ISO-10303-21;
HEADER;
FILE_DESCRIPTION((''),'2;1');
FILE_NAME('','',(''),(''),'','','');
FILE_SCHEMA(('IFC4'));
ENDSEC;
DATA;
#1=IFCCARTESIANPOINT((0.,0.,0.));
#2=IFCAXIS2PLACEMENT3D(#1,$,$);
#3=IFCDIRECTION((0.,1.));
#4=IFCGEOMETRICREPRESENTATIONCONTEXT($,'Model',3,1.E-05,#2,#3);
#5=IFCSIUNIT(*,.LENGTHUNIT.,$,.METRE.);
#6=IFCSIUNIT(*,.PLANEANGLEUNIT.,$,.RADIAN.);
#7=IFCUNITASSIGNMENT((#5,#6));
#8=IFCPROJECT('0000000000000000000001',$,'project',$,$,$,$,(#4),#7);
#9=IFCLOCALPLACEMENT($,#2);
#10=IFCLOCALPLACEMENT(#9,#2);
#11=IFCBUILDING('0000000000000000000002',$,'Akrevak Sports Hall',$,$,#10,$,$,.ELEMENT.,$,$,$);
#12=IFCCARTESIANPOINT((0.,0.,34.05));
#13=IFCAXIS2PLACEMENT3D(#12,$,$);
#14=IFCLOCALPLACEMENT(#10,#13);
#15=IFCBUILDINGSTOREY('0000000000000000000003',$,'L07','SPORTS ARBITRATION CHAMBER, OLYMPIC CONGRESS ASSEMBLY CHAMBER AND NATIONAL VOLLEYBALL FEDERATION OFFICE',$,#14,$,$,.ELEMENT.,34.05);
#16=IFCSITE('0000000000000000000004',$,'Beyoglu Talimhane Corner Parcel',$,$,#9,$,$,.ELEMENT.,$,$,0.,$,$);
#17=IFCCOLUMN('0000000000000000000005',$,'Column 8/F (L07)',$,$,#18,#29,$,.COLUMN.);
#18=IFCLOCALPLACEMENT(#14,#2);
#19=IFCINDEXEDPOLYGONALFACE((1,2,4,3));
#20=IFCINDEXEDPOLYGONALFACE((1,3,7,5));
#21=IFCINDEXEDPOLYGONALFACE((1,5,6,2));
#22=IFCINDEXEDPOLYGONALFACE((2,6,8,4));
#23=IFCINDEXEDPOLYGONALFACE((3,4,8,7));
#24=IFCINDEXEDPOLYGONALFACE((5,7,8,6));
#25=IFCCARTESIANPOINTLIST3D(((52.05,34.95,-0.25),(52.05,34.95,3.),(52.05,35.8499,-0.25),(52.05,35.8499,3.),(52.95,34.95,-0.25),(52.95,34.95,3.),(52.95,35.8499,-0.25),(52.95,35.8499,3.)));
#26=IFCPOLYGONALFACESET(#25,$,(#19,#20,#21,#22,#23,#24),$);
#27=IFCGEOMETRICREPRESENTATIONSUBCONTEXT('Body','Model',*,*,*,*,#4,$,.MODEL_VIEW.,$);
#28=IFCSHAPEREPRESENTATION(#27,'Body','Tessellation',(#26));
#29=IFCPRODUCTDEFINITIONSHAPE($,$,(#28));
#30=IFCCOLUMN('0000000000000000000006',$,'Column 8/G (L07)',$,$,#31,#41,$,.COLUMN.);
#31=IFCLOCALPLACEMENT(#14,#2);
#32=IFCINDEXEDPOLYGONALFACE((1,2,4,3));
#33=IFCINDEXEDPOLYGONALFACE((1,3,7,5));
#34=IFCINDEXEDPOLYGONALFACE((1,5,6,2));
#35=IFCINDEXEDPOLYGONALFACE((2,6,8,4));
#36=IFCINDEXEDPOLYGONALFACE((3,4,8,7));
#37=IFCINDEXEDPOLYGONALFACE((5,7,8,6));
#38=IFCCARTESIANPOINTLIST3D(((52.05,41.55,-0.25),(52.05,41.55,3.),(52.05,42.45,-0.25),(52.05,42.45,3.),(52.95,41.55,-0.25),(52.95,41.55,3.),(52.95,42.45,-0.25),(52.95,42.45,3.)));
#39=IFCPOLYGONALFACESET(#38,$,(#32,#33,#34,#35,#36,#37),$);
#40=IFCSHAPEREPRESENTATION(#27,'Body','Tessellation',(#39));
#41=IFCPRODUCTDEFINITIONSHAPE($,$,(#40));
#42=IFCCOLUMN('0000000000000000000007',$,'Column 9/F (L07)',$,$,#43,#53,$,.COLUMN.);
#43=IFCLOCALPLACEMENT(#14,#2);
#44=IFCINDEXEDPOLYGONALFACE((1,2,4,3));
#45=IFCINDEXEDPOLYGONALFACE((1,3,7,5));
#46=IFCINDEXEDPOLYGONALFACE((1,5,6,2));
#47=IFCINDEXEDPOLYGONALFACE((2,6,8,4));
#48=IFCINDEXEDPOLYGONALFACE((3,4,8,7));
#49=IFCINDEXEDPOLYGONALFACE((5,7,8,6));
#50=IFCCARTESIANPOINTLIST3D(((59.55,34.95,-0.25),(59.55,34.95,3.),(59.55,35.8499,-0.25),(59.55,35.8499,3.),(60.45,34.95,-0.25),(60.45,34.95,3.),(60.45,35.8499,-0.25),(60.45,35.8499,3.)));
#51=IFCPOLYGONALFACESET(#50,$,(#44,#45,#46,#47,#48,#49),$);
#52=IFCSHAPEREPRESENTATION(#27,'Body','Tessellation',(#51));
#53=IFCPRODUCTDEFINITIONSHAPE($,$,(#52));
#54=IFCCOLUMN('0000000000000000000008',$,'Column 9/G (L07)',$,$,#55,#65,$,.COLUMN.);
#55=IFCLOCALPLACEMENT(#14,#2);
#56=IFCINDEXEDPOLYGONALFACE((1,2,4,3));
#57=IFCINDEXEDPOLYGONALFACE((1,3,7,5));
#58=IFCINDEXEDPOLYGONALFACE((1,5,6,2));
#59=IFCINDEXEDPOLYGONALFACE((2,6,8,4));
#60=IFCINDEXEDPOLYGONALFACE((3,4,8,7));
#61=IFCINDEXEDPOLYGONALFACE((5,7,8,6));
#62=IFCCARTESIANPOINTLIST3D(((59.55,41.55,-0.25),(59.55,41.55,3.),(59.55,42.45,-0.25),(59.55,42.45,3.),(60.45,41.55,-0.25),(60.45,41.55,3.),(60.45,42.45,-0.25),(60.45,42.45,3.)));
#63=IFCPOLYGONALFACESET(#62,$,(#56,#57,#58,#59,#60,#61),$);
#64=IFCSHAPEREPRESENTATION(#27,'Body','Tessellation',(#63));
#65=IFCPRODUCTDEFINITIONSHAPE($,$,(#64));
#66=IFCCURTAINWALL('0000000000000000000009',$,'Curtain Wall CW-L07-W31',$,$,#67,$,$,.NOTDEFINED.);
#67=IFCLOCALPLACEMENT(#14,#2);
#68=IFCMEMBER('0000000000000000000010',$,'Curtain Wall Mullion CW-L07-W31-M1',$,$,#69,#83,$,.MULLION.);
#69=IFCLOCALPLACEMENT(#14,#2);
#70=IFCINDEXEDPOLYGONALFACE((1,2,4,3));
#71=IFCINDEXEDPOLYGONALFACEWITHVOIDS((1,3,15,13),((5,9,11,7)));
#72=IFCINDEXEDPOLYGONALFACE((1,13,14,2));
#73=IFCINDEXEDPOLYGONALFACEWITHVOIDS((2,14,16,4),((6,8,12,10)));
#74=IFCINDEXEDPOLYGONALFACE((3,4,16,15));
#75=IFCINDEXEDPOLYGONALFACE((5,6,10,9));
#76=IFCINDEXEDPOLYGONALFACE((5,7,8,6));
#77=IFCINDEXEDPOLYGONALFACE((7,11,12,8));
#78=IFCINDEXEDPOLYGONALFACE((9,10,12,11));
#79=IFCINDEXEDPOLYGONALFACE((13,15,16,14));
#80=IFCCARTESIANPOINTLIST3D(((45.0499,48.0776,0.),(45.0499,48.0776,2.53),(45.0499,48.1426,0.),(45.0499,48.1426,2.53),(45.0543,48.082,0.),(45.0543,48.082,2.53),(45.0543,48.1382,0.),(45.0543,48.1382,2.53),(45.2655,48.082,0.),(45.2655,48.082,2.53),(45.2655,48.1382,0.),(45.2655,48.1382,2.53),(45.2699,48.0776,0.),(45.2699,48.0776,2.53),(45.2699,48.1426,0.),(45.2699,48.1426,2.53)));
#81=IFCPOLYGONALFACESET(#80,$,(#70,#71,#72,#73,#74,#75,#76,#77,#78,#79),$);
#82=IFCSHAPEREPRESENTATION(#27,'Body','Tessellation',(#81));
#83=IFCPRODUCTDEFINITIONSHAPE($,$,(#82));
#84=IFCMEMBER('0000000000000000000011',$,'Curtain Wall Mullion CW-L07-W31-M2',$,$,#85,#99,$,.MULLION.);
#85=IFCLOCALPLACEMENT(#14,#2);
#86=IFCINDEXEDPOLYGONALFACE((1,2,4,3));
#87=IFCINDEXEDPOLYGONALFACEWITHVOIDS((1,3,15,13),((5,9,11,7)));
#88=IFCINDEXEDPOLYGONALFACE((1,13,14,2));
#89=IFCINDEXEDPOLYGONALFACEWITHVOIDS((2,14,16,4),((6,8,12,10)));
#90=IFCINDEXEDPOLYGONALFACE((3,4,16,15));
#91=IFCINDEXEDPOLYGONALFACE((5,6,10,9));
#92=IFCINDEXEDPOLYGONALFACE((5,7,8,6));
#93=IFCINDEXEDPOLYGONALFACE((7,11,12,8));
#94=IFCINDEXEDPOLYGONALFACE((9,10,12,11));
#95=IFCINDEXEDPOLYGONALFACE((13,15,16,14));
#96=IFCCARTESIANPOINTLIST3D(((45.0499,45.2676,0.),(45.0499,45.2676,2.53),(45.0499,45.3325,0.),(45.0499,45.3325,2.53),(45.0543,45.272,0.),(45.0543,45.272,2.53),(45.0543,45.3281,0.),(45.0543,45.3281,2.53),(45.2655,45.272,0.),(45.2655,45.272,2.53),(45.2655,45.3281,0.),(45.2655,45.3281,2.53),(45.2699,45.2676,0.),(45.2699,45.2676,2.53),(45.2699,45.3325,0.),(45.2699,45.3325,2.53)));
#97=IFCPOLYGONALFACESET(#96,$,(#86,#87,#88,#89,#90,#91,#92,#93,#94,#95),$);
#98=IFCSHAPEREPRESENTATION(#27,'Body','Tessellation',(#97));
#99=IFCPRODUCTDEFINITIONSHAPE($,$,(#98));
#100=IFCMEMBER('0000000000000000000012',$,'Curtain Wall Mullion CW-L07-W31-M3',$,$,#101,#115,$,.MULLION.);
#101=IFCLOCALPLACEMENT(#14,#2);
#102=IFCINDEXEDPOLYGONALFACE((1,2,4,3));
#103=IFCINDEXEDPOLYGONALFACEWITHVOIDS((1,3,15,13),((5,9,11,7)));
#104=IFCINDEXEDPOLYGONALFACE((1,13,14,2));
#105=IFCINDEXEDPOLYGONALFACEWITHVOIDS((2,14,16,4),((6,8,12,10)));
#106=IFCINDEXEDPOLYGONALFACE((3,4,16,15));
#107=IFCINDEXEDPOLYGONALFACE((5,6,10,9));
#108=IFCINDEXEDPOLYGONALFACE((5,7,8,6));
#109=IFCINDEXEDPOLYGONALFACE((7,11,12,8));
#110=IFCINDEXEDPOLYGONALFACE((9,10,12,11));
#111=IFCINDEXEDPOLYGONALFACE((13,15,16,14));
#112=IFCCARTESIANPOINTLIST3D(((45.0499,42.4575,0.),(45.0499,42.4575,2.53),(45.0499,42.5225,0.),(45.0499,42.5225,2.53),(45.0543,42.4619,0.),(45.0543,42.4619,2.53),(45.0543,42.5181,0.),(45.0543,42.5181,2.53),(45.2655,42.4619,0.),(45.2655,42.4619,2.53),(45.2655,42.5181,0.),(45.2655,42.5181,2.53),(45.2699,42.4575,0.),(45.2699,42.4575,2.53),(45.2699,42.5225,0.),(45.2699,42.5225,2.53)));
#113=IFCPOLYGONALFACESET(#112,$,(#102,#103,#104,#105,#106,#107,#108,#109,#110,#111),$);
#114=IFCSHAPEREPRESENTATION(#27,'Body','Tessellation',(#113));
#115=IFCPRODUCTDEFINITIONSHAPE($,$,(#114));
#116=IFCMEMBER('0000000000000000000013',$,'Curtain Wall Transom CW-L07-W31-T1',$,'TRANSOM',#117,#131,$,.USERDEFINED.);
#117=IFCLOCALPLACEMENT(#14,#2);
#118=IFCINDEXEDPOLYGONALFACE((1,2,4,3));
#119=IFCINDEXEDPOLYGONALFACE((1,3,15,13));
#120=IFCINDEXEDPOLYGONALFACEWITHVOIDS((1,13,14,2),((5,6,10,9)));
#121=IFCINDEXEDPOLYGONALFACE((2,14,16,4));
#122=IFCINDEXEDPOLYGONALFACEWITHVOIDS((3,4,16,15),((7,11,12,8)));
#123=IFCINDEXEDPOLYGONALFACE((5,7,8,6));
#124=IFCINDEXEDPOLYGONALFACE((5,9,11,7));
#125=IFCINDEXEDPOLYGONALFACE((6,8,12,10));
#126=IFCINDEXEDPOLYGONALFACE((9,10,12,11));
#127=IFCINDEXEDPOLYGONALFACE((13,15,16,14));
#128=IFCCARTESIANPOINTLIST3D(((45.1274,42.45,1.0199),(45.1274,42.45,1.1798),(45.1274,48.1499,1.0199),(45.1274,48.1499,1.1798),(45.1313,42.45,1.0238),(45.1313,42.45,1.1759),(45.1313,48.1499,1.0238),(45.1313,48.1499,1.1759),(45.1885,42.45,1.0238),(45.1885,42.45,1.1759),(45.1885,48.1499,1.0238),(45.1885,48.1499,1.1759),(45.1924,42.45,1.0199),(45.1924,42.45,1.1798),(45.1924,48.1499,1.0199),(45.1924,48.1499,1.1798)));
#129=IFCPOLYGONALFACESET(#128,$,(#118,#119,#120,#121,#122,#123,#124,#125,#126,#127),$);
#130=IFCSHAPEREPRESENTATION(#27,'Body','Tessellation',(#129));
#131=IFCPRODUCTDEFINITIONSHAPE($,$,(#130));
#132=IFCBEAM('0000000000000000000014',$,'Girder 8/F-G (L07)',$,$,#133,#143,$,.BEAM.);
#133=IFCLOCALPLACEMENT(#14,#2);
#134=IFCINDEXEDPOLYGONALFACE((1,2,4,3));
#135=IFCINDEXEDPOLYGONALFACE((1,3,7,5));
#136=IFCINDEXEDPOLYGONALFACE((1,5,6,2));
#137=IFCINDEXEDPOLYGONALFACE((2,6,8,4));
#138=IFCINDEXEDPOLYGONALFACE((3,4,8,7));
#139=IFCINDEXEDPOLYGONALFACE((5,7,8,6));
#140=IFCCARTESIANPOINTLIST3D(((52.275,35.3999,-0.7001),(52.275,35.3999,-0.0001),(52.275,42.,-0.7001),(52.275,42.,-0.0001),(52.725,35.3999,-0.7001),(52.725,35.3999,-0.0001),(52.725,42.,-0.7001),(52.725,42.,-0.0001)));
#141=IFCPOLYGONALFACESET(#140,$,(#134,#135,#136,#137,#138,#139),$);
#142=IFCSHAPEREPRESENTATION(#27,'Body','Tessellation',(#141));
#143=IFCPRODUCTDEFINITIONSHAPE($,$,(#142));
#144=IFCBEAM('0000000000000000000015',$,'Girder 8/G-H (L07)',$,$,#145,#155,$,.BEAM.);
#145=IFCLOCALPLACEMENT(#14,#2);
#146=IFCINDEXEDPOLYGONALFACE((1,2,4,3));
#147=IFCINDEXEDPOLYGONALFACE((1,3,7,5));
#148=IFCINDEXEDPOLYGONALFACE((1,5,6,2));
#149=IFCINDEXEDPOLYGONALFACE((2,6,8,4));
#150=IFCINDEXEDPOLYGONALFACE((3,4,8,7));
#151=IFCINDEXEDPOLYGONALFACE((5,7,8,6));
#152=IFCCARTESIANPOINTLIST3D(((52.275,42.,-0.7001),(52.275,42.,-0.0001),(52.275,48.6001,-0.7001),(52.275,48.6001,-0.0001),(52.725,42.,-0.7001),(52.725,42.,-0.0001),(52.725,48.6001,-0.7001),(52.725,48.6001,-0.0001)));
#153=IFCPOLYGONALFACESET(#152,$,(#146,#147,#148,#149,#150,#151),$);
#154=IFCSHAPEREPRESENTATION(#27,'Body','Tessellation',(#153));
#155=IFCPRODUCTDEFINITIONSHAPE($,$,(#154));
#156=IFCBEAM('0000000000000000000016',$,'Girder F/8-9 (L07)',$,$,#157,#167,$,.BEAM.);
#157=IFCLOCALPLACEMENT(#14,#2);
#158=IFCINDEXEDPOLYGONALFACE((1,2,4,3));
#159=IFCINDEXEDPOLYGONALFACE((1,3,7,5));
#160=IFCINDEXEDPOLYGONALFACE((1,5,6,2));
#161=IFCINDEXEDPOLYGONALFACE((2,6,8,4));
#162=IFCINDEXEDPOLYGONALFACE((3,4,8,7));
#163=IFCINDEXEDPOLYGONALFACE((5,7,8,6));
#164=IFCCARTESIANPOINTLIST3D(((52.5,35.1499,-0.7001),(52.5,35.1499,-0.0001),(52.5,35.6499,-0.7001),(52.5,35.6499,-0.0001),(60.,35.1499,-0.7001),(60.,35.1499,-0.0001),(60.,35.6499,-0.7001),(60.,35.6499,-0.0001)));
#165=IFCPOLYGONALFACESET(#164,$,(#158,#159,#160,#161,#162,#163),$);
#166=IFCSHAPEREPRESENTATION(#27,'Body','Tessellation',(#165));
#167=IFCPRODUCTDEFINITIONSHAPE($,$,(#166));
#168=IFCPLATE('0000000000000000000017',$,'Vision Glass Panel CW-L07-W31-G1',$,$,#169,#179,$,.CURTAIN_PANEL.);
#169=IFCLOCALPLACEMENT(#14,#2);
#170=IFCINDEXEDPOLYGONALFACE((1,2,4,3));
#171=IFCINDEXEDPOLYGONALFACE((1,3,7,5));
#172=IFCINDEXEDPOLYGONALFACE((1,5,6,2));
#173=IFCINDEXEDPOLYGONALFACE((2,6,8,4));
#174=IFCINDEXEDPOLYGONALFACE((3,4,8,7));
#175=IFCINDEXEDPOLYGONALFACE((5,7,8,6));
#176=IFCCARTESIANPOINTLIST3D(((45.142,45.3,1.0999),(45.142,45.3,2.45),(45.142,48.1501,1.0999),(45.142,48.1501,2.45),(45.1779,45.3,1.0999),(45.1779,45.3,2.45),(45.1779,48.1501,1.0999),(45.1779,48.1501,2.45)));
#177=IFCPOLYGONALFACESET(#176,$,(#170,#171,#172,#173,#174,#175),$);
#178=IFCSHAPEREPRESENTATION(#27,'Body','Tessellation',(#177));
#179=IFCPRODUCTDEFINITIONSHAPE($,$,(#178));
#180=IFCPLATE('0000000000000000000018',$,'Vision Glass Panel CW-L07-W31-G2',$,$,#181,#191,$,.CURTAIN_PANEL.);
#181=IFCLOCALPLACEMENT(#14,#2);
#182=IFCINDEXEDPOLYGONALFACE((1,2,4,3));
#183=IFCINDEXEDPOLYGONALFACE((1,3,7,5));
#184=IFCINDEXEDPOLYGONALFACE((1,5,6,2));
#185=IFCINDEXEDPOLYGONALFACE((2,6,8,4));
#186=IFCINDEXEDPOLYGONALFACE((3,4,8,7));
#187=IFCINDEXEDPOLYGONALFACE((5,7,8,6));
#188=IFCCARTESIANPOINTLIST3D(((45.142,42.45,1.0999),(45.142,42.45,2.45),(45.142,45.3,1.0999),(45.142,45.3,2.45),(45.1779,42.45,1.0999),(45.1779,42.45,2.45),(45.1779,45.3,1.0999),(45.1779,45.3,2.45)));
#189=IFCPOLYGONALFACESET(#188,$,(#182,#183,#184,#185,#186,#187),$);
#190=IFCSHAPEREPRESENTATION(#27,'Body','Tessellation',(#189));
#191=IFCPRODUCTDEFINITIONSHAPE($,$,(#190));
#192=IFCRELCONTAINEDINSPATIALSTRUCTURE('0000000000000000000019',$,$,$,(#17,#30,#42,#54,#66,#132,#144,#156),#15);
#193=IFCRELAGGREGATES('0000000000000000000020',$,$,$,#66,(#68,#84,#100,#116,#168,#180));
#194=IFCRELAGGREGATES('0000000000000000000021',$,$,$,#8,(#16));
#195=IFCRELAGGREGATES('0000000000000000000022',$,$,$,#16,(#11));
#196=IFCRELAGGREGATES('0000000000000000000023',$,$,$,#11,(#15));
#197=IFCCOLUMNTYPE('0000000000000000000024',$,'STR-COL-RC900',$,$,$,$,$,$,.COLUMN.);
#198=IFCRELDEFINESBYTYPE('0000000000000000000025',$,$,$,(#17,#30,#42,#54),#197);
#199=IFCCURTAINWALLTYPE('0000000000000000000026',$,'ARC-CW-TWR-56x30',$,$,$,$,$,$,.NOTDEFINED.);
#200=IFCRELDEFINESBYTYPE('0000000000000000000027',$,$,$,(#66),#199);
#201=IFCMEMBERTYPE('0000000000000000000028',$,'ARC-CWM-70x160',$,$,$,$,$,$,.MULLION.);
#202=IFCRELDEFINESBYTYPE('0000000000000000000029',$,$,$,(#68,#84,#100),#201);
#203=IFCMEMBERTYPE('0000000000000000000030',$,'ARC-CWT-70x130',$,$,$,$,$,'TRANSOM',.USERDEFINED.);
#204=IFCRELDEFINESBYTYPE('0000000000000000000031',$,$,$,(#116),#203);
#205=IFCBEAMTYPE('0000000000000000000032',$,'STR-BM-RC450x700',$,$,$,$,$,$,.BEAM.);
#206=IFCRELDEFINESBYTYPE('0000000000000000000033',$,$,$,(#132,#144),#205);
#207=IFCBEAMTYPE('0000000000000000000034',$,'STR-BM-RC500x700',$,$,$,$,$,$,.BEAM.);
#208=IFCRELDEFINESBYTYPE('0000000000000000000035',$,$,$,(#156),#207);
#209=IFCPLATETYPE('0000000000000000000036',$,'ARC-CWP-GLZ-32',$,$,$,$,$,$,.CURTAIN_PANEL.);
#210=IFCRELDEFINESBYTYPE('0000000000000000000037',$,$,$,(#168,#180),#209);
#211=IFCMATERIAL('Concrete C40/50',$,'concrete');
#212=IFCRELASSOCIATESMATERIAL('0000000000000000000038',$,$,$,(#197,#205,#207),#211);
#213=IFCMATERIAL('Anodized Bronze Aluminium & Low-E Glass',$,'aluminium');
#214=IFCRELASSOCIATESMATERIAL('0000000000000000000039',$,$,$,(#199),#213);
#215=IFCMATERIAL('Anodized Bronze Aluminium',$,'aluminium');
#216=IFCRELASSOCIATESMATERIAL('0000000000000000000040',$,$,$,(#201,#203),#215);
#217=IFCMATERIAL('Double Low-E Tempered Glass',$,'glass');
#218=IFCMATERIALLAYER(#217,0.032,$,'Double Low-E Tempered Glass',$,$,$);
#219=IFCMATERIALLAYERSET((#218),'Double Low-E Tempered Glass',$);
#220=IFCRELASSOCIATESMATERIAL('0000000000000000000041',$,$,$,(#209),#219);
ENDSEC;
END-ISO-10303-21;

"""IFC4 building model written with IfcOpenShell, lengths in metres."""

from ifc_helpers import new_model, si_unit, direction, frame, origin, origin_2d, place, context, subcontext, project, spatial, rectangle, hollow_rectangle, extrude, material, layer, layer_set, material_profile, profile_set, type_object, element, aggregate, save


model = new_model("IFC4")

# Units and contexts
model_context = context("Model", 3, precision=1e-05, world=origin(), true_north=direction((0.0, 1.0)))
body_context = subcontext(model_context, "Body", "Model", "MODEL_VIEW")
ifc_project = project(units=[si_unit("LENGTHUNIT", "METRE"), si_unit("PLANEANGLEUNIT", "RADIAN")], contexts=[model_context])

# Site, building, storey
site_placement = place(None, origin())
site = spatial("IfcSite", under=ifc_project, at=site_placement, Name="Beyoglu Talimhane Corner Parcel", CompositionType="ELEMENT", RefElevation=0.0)
building_placement = place(site_placement, origin())
building = spatial("IfcBuilding", under=site, at=building_placement, Name="Akrevak Sports Hall", CompositionType="ELEMENT")
storey_placement = place(building_placement, frame((0.0, 0.0, 34.05)))
storey = spatial("IfcBuildingStorey", under=building, at=storey_placement, Name="L07", Description="SPORTS ARBITRATION CHAMBER, OLYMPIC CONGRESS ASSEMBLY CHAMBER AND NATIONAL VOLLEYBALL FEDERATION OFFICE", CompositionType="ELEMENT", Elevation=34.05)

# Columns
ifc_material_1 = material(Name="Concrete C40/50", Category="concrete")
ifc_material_profile_1 = material_profile(ifc_material_1, rectangle(XDim=0.8999, YDim=0.8999, at=origin_2d()), Name="RC 900x900", Category="concrete")
ifc_profile_set_1 = profile_set([ifc_material_profile_1], Name="Concrete C40/50")
column_type = type_object("IfcColumnType", Name="STR-COL-RC900", PredefinedType="COLUMN", material=ifc_profile_set_1)
for number, where, z_axis, x_axis, name in (
    (1, (52.5, 35.3999, -0.25), (0.0, 0.0, 1.0), (1.0, 0.0, 0.0), "Column 8/F (L07)"),
    (2, (52.5, 42.0, -0.25), (0.0, 0.0, 1.0), (1.0, 0.0, 0.0), "Column 8/G (L07)"),
    (3, (60.0, 35.3999, -0.25), (0.0, 0.0, 1.0), (1.0, 0.0, 0.0), "Column 9/F (L07)"),
    (4, (60.0, 42.0, -0.25), (0.0, 0.0, 1.0), (1.0, 0.0, 0.0), "Column 9/G (L07)"),
):
    element("IfcColumn", number, at=place(storey_placement, frame(where, z_axis=z_axis, x_axis=x_axis)), inside=storey, type_object=column_type, Name=name, PredefinedType="COLUMN", context=body_context, shape_type="SweptSolid", body=[
        extrude(rectangle(XDim=0.8999, YDim=0.8999, at=origin_2d()), origin(), (0.0, 0.0, 1.0), 3.25),
    ])

# Curtain wall, members
ifc_material_2 = material(Name="Anodized Bronze Aluminium & Low-E Glass", Category="aluminium")
curtain_wall_type = type_object("IfcCurtainWallType", Name="ARC-CW-TWR-56x30", PredefinedType="NOTDEFINED", material=ifc_material_2)
curtain_wall_placement = place(storey_placement, origin())
curtain_wall = element("IfcCurtainWall", 5, at=curtain_wall_placement, inside=storey, type_object=curtain_wall_type, Name="Curtain Wall CW-L07-W31", PredefinedType="NOTDEFINED")
ifc_material_3 = material(Name="Anodized Bronze Aluminium", Category="aluminium")
ifc_material_profile_2 = material_profile(ifc_material_3, hollow_rectangle(XDim=0.0649, YDim=0.22, WallThickness=0.0044, at=origin_2d()), Name="CWM 65x220", Category="aluminium")
ifc_profile_set_2 = profile_set([ifc_material_profile_2], Name="Anodized Bronze Aluminium")
member_type_1 = type_object("IfcMemberType", Name="ARC-CWM-70x160", PredefinedType="MULLION", material=ifc_profile_set_2)
member_1_placement = place(storey_placement, frame((45.1599, 48.1101, 0.0), z_axis=(0.0, 0.0, 1.0), x_axis=(0.0, -1.0, 0.0)))
member_1 = element("IfcMember", 6, at=member_1_placement, type_object=member_type_1, Name="Curtain Wall Mullion CW-L07-W31-M1", PredefinedType="MULLION", context=body_context, shape_type="SweptSolid", body=[
    extrude(hollow_rectangle(XDim=0.0649, YDim=0.22, WallThickness=0.0044, at=origin_2d()), origin(), (0.0, 0.0, 1.0), 2.53),
])
member_2_placement = place(storey_placement, frame((45.1599, 45.3, 0.0), z_axis=(0.0, 0.0, 1.0), x_axis=(0.0, -1.0, 0.0)))
member_2 = element("IfcMember", 7, at=member_2_placement, type_object=member_type_1, Name="Curtain Wall Mullion CW-L07-W31-M2", PredefinedType="MULLION", context=body_context, shape_type="SweptSolid", body=[
    extrude(hollow_rectangle(XDim=0.0649, YDim=0.22, WallThickness=0.0044, at=origin_2d()), origin(), (0.0, 0.0, 1.0), 2.53),
])
member_3_placement = place(storey_placement, frame((45.1599, 42.49, 0.0), z_axis=(0.0, 0.0, 1.0), x_axis=(0.0, -1.0, 0.0)))
member_3 = element("IfcMember", 8, at=member_3_placement, type_object=member_type_1, Name="Curtain Wall Mullion CW-L07-W31-M3", PredefinedType="MULLION", context=body_context, shape_type="SweptSolid", body=[
    extrude(hollow_rectangle(XDim=0.0649, YDim=0.22, WallThickness=0.0044, at=origin_2d()), origin(), (0.0, 0.0, 1.0), 2.53),
])
ifc_material_profile_3 = material_profile(ifc_material_3, hollow_rectangle(XDim=0.0649, YDim=0.1599, WallThickness=0.0039, at=origin_2d()), Name="CWT 65x160", Category="aluminium")
ifc_profile_set_3 = profile_set([ifc_material_profile_3], Name="Anodized Bronze Aluminium")
member_type_2 = type_object("IfcMemberType", Name="ARC-CWT-70x130", ElementType="TRANSOM", PredefinedType="USERDEFINED", material=ifc_profile_set_3)
member_4_placement = place(storey_placement, frame((45.1599, 48.1499, 1.0999), z_axis=(0.0, -1.0, 0.0), x_axis=(1.0, 0.0, 0.0)))
member_4 = element("IfcMember", 9, at=member_4_placement, type_object=member_type_2, Name="Curtain Wall Transom CW-L07-W31-T1", ObjectType="TRANSOM", PredefinedType="USERDEFINED", context=body_context, shape_type="SweptSolid", body=[
    extrude(hollow_rectangle(XDim=0.0649, YDim=0.1599, WallThickness=0.0039, at=origin_2d()), origin(), (0.0, 0.0, 1.0), 5.7),
])

# Beams
ifc_material_profile_4 = material_profile(ifc_material_1, rectangle(XDim=0.45, YDim=0.7, at=origin_2d()), Name="BM 450x700", Category="concrete")
ifc_profile_set_4 = profile_set([ifc_material_profile_4], Name="Concrete C40/50")
beam_type_1 = type_object("IfcBeamType", Name="STR-BM-RC450x700", PredefinedType="BEAM", material=ifc_profile_set_4)
for number, where, z_axis, x_axis, name in (
    (10, (52.5, 35.3999, -0.3501), (0.0, 1.0, 0.0), (-1.0, 0.0, 0.0), "Girder 8/F-G (L07)"),
    (11, (52.5, 42.0, -0.3501), (0.0, 1.0, 0.0), (-1.0, 0.0, 0.0), "Girder 8/G-H (L07)"),
):
    element("IfcBeam", number, at=place(storey_placement, frame(where, z_axis=z_axis, x_axis=x_axis)), inside=storey, type_object=beam_type_1, Name=name, PredefinedType="BEAM", context=body_context, shape_type="SweptSolid", body=[
        extrude(rectangle(XDim=0.45, YDim=0.7, at=origin_2d()), origin(), (0.0, 0.0, 1.0), 6.6001),
    ])
ifc_material_profile_5 = material_profile(ifc_material_1, rectangle(XDim=0.5, YDim=0.7, at=origin_2d()), Name="BM 500x700", Category="concrete")
ifc_profile_set_5 = profile_set([ifc_material_profile_5], Name="Concrete C40/50")
beam_type_2 = type_object("IfcBeamType", Name="STR-BM-RC500x700", PredefinedType="BEAM", material=ifc_profile_set_5)
beam_placement = place(storey_placement, frame((52.5, 35.3999, -0.3501), z_axis=(1.0, 0.0, 0.0), x_axis=(0.0, 1.0, 0.0)))
element("IfcBeam", 12, at=beam_placement, inside=storey, type_object=beam_type_2, Name="Girder F/8-9 (L07)", PredefinedType="BEAM", context=body_context, shape_type="SweptSolid", body=[
    extrude(rectangle(XDim=0.5, YDim=0.7, at=origin_2d()), origin(), (0.0, 0.0, 1.0), 7.5),
])

# Plates
ifc_material_4 = material(Name="Double Low-E Tempered Glass", Category="glass")
ifc_layer_1 = layer(ifc_material_4, 0.032, Name="Double Low-E Tempered Glass")
ifc_layer_set_1 = layer_set([ifc_layer_1], Name="Double Low-E Tempered Glass")
plate_type_1 = type_object("IfcPlateType", Name="ARC-CWP-GLZ-32", PredefinedType="CURTAIN_PANEL", material=ifc_layer_set_1)
plate_1_placement = place(storey_placement, frame((45.1599, 46.7251, 1.0999), z_axis=(0.0, 0.0, 1.0), x_axis=(0.0, -1.0, 0.0)))
plate_1 = element("IfcPlate", 13, at=plate_1_placement, type_object=plate_type_1, Name="Vision Glass Panel CW-L07-W31-G1", PredefinedType="CURTAIN_PANEL", context=body_context, shape_type="SweptSolid", body=[
    extrude(rectangle(XDim=2.8501, YDim=0.0359, at=origin_2d()), origin(), (0.0, 0.0, 1.0), 1.3501),
])
plate_2_placement = place(storey_placement, frame((45.1599, 43.875, 1.0999), z_axis=(0.0, 0.0, 1.0), x_axis=(0.0, -1.0, 0.0)))
plate_2 = element("IfcPlate", 14, at=plate_2_placement, type_object=plate_type_1, Name="Vision Glass Panel CW-L07-W31-G2", PredefinedType="CURTAIN_PANEL", context=body_context, shape_type="SweptSolid", body=[
    extrude(rectangle(XDim=2.8501, YDim=0.0359, at=origin_2d()), origin(), (0.0, 0.0, 1.0), 1.3501),
])
aggregate(curtain_wall, [member_1, member_2, member_3, member_4, plate_1, plate_2])

save(model, "model.ifc")
